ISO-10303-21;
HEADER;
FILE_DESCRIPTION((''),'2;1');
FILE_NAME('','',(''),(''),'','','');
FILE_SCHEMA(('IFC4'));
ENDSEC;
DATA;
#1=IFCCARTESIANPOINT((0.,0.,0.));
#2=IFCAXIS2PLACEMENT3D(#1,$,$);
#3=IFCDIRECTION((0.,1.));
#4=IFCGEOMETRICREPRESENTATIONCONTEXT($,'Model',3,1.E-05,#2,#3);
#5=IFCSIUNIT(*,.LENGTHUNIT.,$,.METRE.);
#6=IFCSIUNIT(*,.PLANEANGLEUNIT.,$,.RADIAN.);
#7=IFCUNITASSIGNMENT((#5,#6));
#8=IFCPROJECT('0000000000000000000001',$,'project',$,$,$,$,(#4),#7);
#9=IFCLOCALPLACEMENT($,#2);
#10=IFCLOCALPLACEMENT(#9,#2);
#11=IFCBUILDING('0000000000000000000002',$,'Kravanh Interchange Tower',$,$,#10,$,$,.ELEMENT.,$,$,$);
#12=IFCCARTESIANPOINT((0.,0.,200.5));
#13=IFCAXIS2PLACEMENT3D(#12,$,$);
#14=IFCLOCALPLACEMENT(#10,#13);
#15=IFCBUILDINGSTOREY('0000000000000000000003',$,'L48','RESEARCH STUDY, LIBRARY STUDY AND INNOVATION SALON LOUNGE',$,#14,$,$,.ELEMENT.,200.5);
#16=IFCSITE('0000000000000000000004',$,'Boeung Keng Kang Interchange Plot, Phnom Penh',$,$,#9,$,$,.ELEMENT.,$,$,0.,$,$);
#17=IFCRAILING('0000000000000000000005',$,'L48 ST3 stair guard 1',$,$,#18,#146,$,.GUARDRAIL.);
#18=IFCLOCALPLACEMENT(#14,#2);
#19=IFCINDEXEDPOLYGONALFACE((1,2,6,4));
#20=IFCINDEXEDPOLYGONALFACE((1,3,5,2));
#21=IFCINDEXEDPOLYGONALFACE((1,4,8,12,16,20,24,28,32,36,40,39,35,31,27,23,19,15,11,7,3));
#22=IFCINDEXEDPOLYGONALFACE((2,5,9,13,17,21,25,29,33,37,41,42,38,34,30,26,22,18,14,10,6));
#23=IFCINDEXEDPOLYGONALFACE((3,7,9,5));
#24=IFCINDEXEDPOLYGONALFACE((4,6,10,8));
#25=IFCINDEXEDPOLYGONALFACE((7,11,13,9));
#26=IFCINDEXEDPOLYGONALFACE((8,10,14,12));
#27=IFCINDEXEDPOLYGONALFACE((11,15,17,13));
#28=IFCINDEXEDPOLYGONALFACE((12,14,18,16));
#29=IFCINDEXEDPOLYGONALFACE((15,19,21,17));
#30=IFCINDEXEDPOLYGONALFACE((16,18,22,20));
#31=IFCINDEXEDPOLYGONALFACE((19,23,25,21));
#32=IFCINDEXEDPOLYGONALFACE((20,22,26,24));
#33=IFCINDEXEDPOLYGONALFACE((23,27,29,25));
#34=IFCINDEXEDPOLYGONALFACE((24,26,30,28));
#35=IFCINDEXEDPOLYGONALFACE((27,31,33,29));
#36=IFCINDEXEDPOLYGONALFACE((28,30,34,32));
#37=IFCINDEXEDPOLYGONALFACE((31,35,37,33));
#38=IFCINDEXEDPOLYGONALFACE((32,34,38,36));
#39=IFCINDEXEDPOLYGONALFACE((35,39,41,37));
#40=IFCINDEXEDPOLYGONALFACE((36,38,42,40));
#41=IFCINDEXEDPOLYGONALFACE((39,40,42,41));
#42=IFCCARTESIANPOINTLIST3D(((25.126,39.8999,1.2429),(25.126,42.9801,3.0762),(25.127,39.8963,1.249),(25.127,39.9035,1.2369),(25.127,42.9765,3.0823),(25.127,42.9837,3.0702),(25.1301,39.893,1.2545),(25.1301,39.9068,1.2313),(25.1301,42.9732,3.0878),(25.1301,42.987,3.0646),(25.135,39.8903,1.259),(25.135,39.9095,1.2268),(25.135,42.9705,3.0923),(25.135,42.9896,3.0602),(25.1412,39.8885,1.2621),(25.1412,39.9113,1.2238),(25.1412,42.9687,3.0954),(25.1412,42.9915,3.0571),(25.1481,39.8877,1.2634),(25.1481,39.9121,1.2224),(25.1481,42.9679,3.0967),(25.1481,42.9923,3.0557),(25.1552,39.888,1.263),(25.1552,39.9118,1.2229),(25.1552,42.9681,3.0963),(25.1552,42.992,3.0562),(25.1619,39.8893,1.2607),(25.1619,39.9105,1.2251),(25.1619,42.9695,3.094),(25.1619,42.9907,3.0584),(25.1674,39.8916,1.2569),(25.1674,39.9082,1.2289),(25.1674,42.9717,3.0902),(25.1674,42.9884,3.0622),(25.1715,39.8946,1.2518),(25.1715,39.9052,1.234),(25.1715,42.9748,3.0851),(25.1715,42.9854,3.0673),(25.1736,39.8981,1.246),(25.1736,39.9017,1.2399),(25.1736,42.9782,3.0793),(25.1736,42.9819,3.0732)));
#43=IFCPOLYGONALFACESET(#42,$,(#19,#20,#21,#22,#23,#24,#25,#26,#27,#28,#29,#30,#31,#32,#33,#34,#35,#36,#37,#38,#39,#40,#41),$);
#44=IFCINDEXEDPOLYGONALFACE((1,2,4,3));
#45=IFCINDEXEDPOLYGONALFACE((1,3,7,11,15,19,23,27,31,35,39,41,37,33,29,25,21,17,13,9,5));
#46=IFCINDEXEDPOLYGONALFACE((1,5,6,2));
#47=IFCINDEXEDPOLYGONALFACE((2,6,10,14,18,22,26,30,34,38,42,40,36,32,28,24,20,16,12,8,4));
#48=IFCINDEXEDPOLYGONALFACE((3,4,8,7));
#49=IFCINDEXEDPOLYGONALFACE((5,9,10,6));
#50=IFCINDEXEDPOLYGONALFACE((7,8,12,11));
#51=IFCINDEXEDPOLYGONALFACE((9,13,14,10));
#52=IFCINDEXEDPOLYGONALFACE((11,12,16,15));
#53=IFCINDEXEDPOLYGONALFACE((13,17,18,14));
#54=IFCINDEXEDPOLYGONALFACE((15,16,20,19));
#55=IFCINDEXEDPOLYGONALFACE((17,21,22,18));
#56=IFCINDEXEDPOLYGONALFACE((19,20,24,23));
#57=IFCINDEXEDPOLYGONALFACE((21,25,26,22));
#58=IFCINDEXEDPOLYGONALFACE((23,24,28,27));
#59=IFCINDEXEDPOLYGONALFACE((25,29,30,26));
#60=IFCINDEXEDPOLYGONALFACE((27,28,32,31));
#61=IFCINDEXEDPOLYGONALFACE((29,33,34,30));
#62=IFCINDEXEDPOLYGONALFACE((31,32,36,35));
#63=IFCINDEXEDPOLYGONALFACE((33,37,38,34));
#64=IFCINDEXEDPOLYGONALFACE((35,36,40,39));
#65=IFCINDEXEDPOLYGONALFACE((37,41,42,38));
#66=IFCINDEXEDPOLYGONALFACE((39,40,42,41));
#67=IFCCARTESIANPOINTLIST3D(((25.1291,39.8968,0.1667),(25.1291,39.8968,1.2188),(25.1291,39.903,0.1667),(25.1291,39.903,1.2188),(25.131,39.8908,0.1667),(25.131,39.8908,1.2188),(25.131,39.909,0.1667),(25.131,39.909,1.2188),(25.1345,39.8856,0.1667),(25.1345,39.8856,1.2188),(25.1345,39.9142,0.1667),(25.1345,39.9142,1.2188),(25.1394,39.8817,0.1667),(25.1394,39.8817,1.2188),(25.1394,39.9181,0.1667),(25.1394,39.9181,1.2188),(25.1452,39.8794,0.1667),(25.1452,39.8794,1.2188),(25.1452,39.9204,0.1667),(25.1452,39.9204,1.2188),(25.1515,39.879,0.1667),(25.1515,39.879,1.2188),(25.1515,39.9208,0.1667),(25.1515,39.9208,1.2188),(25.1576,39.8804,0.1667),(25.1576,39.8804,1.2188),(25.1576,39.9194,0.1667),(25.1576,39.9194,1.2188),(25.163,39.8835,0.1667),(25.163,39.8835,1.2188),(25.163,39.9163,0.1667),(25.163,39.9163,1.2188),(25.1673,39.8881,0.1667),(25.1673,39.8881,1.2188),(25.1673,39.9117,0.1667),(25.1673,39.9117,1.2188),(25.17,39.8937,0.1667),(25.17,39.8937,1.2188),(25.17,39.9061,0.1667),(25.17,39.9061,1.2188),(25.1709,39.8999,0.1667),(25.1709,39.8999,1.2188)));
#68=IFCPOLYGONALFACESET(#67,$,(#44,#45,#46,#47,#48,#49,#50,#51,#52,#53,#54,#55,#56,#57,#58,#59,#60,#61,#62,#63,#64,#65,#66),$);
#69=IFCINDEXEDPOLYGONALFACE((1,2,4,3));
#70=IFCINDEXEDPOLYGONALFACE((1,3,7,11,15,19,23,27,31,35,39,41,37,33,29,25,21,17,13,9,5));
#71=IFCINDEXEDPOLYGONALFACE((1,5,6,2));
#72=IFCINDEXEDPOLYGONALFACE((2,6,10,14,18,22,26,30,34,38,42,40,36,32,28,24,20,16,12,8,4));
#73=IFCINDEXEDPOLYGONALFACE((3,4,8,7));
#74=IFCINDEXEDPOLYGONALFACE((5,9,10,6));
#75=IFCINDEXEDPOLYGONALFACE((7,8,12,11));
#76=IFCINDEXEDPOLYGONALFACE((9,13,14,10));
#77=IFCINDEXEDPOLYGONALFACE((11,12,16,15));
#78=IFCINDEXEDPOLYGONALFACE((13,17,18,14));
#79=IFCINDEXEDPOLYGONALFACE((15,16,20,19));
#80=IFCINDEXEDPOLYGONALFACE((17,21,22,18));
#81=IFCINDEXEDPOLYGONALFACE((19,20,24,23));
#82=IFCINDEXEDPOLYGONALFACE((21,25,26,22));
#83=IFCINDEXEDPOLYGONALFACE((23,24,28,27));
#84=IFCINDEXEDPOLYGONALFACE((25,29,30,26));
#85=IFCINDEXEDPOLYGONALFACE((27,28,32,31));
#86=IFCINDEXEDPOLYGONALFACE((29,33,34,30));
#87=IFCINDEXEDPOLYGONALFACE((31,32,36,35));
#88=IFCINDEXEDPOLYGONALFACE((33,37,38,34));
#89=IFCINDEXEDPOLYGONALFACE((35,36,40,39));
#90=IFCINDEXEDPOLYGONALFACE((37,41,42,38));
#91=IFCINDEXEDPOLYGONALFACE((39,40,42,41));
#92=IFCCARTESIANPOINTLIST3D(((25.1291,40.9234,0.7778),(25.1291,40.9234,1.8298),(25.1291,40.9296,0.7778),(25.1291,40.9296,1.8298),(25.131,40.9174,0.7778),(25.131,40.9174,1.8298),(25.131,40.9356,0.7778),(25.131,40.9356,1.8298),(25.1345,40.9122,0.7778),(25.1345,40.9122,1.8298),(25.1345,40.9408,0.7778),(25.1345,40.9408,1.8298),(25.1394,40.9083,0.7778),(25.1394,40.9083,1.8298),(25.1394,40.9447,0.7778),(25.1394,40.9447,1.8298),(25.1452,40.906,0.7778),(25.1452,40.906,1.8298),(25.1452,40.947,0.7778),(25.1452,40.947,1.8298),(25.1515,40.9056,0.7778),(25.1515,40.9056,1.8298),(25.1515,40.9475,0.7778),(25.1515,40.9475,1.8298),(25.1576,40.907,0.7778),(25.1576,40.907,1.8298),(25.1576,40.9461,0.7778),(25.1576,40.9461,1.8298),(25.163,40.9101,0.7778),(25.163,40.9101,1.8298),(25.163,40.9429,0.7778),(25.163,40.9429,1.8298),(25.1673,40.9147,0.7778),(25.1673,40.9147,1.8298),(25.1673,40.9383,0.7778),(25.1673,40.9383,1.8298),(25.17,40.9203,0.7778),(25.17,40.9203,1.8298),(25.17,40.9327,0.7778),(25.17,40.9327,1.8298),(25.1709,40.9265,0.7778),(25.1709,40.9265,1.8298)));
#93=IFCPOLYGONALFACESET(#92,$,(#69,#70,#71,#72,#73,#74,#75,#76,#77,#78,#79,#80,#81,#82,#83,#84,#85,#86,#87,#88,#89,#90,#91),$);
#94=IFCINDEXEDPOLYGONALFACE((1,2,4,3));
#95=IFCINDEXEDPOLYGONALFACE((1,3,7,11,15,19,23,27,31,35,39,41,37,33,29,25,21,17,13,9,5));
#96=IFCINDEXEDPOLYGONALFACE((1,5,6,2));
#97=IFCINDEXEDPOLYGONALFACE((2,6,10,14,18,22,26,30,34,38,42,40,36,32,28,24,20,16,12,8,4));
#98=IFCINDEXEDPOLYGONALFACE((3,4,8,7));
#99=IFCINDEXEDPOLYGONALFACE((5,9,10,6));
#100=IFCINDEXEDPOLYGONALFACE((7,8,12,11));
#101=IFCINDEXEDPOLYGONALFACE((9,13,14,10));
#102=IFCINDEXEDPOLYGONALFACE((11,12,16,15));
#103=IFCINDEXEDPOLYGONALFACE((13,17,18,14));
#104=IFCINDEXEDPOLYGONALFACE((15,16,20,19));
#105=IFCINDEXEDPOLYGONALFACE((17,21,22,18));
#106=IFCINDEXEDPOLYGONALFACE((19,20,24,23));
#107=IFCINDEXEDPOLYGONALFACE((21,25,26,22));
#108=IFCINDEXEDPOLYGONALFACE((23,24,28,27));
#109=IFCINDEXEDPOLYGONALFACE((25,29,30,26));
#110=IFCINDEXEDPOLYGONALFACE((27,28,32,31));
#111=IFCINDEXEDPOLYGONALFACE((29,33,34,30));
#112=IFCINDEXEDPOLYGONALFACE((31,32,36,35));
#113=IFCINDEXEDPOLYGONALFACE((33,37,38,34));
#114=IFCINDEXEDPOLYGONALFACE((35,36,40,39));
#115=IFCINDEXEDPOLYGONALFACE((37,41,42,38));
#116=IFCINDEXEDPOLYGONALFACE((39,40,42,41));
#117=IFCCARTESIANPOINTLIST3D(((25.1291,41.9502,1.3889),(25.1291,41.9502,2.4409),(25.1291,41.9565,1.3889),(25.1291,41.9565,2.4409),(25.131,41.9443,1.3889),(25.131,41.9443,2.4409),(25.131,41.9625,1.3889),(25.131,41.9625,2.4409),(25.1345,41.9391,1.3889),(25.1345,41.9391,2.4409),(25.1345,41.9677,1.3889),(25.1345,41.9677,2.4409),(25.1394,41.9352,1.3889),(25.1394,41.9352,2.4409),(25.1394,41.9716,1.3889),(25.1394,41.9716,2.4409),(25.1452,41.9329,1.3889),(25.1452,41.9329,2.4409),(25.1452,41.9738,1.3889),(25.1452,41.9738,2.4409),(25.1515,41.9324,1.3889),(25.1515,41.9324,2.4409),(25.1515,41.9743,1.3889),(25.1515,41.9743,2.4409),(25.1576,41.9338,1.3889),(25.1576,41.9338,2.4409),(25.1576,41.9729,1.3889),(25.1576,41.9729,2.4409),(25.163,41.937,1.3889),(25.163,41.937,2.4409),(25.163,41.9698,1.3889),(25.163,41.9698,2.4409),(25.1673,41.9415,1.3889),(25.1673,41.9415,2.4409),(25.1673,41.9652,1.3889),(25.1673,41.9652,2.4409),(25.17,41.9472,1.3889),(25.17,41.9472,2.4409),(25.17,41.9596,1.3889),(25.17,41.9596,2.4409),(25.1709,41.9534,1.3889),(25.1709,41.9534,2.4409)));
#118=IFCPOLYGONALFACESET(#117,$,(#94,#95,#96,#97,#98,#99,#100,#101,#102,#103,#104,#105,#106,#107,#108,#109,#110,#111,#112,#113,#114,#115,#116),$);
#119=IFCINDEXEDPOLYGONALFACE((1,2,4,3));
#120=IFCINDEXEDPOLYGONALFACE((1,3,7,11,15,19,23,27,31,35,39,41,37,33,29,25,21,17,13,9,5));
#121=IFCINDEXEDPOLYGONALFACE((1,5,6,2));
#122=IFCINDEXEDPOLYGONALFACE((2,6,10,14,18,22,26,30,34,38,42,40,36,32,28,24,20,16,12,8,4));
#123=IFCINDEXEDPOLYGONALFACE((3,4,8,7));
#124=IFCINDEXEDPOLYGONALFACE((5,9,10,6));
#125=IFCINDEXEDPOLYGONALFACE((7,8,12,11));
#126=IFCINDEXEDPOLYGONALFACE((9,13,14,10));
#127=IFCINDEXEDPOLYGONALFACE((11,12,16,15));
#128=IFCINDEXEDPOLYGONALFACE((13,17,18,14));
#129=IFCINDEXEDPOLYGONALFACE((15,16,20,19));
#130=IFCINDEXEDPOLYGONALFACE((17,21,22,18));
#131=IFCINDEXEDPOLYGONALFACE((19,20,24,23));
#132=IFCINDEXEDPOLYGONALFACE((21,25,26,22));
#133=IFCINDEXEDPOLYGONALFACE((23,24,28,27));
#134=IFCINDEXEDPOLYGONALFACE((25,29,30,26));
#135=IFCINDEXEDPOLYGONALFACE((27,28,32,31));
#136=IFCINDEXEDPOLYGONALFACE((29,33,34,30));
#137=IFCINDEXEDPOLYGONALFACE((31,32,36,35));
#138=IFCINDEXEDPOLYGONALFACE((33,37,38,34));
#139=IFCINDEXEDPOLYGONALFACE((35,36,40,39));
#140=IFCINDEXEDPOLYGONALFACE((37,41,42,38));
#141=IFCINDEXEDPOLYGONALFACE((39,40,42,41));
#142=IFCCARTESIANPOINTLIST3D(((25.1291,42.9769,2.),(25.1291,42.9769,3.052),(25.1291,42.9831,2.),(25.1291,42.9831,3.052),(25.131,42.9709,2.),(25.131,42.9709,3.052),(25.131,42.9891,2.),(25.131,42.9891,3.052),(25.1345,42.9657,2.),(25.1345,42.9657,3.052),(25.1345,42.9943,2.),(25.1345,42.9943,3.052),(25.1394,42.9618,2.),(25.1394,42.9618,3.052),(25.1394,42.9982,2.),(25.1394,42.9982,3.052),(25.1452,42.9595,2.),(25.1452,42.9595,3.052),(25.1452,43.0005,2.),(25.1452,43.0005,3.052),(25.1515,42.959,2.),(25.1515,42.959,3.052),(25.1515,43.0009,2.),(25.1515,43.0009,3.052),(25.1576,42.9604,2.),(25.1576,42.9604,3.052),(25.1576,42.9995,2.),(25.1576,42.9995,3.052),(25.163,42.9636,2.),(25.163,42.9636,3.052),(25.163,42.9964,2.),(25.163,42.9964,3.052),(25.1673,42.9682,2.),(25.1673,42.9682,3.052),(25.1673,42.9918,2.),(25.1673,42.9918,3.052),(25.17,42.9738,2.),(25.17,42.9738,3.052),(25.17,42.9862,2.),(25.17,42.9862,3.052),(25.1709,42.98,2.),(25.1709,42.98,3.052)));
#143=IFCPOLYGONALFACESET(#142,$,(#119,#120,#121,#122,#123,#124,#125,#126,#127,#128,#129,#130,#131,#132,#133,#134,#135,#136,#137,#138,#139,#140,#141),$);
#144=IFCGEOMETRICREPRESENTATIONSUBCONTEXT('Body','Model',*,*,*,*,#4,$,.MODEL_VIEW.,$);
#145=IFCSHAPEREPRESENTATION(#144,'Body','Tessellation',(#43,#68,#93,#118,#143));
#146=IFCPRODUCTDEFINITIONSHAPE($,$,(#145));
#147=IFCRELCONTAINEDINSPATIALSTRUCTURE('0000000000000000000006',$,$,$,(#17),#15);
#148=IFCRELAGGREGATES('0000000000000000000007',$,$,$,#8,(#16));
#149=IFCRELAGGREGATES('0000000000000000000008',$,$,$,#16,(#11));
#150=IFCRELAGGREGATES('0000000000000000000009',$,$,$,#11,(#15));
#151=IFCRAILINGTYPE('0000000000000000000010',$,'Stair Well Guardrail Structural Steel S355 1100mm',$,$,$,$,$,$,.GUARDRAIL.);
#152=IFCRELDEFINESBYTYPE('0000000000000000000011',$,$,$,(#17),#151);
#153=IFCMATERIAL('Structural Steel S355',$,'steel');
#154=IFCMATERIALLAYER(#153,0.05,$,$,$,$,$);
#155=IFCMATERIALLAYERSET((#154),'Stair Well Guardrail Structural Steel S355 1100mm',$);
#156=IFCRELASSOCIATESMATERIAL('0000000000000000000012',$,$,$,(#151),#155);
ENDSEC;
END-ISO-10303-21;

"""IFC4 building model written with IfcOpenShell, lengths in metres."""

from ifc_helpers import new_model, si_unit, direction, frame, origin, origin_2d, place, context, subcontext, project, spatial, circle, extrude, material, layer, layer_set, type_object, element, save


model = new_model("IFC4")

# Units and contexts
model_context = context("Model", 3, precision=1e-05, world=origin(), true_north=direction((0.0, 1.0)))
body_context = subcontext(model_context, "Body", "Model", "MODEL_VIEW")
ifc_project = project(units=[si_unit("LENGTHUNIT", "METRE"), si_unit("PLANEANGLEUNIT", "RADIAN")], contexts=[model_context])

# Site, building, storey
site_placement = place(None, origin())
site = spatial("IfcSite", under=ifc_project, at=site_placement, Name="Boeung Keng Kang Interchange Plot, Phnom Penh", CompositionType="ELEMENT", RefElevation=0.0)
building_placement = place(site_placement, origin())
building = spatial("IfcBuilding", under=site, at=building_placement, Name="Kravanh Interchange Tower", CompositionType="ELEMENT")
storey_placement = place(building_placement, frame((0.0, 0.0, 200.5)))
storey = spatial("IfcBuildingStorey", under=building, at=storey_placement, Name="L48", Description="RESEARCH STUDY, LIBRARY STUDY AND INNOVATION SALON LOUNGE", CompositionType="ELEMENT", Elevation=200.5)

# Railing
ifc_material_1 = material(Name="Structural Steel S355", Category="steel")
ifc_layer_1 = layer(ifc_material_1, 0.05)
ifc_layer_set_1 = layer_set([ifc_layer_1], Name="Stair Well Guardrail Structural Steel S355 1100mm")
railing_type_1 = type_object("IfcRailingType", Name="Stair Well Guardrail Structural Steel S355 1100mm", PredefinedType="GUARDRAIL", material=ifc_layer_set_1)
railing_1_placement = place(storey_placement, frame((25.1499, 39.8999, 0.1667)))
element("IfcRailing", 1, at=railing_1_placement, inside=storey, type_object=railing_type_1, Name="L48 ST3 stair guard 1", PredefinedType="GUARDRAIL", context=body_context, shape_type="SweptSolid", body=[
    extrude(circle(Radius=0.0239, at=origin_2d()), frame((0.0, 0.0, 1.0762), z_axis=(0.0, 0.859309, 0.511458), x_axis=(-1.0, 0.0, 0.0)), (0.0, 0.0, 1.0), 3.5845),
    extrude(circle(Radius=0.021, at=origin_2d()), origin(), (0.0, 0.0, 1.0), 1.052),
    extrude(circle(Radius=0.021, at=origin_2d()), frame((0.0, 1.0266, 0.6111)), (0.0, 0.0, 1.0), 1.052),
    extrude(circle(Radius=0.021, at=origin_2d()), frame((0.0, 2.0535, 1.2222)), (0.0, 0.0, 1.0), 1.052),
    extrude(circle(Radius=0.021, at=origin_2d()), frame((0.0, 3.0801, 1.8333)), (0.0, 0.0, 1.0), 1.052),
])

save(model, "model.ifc")
